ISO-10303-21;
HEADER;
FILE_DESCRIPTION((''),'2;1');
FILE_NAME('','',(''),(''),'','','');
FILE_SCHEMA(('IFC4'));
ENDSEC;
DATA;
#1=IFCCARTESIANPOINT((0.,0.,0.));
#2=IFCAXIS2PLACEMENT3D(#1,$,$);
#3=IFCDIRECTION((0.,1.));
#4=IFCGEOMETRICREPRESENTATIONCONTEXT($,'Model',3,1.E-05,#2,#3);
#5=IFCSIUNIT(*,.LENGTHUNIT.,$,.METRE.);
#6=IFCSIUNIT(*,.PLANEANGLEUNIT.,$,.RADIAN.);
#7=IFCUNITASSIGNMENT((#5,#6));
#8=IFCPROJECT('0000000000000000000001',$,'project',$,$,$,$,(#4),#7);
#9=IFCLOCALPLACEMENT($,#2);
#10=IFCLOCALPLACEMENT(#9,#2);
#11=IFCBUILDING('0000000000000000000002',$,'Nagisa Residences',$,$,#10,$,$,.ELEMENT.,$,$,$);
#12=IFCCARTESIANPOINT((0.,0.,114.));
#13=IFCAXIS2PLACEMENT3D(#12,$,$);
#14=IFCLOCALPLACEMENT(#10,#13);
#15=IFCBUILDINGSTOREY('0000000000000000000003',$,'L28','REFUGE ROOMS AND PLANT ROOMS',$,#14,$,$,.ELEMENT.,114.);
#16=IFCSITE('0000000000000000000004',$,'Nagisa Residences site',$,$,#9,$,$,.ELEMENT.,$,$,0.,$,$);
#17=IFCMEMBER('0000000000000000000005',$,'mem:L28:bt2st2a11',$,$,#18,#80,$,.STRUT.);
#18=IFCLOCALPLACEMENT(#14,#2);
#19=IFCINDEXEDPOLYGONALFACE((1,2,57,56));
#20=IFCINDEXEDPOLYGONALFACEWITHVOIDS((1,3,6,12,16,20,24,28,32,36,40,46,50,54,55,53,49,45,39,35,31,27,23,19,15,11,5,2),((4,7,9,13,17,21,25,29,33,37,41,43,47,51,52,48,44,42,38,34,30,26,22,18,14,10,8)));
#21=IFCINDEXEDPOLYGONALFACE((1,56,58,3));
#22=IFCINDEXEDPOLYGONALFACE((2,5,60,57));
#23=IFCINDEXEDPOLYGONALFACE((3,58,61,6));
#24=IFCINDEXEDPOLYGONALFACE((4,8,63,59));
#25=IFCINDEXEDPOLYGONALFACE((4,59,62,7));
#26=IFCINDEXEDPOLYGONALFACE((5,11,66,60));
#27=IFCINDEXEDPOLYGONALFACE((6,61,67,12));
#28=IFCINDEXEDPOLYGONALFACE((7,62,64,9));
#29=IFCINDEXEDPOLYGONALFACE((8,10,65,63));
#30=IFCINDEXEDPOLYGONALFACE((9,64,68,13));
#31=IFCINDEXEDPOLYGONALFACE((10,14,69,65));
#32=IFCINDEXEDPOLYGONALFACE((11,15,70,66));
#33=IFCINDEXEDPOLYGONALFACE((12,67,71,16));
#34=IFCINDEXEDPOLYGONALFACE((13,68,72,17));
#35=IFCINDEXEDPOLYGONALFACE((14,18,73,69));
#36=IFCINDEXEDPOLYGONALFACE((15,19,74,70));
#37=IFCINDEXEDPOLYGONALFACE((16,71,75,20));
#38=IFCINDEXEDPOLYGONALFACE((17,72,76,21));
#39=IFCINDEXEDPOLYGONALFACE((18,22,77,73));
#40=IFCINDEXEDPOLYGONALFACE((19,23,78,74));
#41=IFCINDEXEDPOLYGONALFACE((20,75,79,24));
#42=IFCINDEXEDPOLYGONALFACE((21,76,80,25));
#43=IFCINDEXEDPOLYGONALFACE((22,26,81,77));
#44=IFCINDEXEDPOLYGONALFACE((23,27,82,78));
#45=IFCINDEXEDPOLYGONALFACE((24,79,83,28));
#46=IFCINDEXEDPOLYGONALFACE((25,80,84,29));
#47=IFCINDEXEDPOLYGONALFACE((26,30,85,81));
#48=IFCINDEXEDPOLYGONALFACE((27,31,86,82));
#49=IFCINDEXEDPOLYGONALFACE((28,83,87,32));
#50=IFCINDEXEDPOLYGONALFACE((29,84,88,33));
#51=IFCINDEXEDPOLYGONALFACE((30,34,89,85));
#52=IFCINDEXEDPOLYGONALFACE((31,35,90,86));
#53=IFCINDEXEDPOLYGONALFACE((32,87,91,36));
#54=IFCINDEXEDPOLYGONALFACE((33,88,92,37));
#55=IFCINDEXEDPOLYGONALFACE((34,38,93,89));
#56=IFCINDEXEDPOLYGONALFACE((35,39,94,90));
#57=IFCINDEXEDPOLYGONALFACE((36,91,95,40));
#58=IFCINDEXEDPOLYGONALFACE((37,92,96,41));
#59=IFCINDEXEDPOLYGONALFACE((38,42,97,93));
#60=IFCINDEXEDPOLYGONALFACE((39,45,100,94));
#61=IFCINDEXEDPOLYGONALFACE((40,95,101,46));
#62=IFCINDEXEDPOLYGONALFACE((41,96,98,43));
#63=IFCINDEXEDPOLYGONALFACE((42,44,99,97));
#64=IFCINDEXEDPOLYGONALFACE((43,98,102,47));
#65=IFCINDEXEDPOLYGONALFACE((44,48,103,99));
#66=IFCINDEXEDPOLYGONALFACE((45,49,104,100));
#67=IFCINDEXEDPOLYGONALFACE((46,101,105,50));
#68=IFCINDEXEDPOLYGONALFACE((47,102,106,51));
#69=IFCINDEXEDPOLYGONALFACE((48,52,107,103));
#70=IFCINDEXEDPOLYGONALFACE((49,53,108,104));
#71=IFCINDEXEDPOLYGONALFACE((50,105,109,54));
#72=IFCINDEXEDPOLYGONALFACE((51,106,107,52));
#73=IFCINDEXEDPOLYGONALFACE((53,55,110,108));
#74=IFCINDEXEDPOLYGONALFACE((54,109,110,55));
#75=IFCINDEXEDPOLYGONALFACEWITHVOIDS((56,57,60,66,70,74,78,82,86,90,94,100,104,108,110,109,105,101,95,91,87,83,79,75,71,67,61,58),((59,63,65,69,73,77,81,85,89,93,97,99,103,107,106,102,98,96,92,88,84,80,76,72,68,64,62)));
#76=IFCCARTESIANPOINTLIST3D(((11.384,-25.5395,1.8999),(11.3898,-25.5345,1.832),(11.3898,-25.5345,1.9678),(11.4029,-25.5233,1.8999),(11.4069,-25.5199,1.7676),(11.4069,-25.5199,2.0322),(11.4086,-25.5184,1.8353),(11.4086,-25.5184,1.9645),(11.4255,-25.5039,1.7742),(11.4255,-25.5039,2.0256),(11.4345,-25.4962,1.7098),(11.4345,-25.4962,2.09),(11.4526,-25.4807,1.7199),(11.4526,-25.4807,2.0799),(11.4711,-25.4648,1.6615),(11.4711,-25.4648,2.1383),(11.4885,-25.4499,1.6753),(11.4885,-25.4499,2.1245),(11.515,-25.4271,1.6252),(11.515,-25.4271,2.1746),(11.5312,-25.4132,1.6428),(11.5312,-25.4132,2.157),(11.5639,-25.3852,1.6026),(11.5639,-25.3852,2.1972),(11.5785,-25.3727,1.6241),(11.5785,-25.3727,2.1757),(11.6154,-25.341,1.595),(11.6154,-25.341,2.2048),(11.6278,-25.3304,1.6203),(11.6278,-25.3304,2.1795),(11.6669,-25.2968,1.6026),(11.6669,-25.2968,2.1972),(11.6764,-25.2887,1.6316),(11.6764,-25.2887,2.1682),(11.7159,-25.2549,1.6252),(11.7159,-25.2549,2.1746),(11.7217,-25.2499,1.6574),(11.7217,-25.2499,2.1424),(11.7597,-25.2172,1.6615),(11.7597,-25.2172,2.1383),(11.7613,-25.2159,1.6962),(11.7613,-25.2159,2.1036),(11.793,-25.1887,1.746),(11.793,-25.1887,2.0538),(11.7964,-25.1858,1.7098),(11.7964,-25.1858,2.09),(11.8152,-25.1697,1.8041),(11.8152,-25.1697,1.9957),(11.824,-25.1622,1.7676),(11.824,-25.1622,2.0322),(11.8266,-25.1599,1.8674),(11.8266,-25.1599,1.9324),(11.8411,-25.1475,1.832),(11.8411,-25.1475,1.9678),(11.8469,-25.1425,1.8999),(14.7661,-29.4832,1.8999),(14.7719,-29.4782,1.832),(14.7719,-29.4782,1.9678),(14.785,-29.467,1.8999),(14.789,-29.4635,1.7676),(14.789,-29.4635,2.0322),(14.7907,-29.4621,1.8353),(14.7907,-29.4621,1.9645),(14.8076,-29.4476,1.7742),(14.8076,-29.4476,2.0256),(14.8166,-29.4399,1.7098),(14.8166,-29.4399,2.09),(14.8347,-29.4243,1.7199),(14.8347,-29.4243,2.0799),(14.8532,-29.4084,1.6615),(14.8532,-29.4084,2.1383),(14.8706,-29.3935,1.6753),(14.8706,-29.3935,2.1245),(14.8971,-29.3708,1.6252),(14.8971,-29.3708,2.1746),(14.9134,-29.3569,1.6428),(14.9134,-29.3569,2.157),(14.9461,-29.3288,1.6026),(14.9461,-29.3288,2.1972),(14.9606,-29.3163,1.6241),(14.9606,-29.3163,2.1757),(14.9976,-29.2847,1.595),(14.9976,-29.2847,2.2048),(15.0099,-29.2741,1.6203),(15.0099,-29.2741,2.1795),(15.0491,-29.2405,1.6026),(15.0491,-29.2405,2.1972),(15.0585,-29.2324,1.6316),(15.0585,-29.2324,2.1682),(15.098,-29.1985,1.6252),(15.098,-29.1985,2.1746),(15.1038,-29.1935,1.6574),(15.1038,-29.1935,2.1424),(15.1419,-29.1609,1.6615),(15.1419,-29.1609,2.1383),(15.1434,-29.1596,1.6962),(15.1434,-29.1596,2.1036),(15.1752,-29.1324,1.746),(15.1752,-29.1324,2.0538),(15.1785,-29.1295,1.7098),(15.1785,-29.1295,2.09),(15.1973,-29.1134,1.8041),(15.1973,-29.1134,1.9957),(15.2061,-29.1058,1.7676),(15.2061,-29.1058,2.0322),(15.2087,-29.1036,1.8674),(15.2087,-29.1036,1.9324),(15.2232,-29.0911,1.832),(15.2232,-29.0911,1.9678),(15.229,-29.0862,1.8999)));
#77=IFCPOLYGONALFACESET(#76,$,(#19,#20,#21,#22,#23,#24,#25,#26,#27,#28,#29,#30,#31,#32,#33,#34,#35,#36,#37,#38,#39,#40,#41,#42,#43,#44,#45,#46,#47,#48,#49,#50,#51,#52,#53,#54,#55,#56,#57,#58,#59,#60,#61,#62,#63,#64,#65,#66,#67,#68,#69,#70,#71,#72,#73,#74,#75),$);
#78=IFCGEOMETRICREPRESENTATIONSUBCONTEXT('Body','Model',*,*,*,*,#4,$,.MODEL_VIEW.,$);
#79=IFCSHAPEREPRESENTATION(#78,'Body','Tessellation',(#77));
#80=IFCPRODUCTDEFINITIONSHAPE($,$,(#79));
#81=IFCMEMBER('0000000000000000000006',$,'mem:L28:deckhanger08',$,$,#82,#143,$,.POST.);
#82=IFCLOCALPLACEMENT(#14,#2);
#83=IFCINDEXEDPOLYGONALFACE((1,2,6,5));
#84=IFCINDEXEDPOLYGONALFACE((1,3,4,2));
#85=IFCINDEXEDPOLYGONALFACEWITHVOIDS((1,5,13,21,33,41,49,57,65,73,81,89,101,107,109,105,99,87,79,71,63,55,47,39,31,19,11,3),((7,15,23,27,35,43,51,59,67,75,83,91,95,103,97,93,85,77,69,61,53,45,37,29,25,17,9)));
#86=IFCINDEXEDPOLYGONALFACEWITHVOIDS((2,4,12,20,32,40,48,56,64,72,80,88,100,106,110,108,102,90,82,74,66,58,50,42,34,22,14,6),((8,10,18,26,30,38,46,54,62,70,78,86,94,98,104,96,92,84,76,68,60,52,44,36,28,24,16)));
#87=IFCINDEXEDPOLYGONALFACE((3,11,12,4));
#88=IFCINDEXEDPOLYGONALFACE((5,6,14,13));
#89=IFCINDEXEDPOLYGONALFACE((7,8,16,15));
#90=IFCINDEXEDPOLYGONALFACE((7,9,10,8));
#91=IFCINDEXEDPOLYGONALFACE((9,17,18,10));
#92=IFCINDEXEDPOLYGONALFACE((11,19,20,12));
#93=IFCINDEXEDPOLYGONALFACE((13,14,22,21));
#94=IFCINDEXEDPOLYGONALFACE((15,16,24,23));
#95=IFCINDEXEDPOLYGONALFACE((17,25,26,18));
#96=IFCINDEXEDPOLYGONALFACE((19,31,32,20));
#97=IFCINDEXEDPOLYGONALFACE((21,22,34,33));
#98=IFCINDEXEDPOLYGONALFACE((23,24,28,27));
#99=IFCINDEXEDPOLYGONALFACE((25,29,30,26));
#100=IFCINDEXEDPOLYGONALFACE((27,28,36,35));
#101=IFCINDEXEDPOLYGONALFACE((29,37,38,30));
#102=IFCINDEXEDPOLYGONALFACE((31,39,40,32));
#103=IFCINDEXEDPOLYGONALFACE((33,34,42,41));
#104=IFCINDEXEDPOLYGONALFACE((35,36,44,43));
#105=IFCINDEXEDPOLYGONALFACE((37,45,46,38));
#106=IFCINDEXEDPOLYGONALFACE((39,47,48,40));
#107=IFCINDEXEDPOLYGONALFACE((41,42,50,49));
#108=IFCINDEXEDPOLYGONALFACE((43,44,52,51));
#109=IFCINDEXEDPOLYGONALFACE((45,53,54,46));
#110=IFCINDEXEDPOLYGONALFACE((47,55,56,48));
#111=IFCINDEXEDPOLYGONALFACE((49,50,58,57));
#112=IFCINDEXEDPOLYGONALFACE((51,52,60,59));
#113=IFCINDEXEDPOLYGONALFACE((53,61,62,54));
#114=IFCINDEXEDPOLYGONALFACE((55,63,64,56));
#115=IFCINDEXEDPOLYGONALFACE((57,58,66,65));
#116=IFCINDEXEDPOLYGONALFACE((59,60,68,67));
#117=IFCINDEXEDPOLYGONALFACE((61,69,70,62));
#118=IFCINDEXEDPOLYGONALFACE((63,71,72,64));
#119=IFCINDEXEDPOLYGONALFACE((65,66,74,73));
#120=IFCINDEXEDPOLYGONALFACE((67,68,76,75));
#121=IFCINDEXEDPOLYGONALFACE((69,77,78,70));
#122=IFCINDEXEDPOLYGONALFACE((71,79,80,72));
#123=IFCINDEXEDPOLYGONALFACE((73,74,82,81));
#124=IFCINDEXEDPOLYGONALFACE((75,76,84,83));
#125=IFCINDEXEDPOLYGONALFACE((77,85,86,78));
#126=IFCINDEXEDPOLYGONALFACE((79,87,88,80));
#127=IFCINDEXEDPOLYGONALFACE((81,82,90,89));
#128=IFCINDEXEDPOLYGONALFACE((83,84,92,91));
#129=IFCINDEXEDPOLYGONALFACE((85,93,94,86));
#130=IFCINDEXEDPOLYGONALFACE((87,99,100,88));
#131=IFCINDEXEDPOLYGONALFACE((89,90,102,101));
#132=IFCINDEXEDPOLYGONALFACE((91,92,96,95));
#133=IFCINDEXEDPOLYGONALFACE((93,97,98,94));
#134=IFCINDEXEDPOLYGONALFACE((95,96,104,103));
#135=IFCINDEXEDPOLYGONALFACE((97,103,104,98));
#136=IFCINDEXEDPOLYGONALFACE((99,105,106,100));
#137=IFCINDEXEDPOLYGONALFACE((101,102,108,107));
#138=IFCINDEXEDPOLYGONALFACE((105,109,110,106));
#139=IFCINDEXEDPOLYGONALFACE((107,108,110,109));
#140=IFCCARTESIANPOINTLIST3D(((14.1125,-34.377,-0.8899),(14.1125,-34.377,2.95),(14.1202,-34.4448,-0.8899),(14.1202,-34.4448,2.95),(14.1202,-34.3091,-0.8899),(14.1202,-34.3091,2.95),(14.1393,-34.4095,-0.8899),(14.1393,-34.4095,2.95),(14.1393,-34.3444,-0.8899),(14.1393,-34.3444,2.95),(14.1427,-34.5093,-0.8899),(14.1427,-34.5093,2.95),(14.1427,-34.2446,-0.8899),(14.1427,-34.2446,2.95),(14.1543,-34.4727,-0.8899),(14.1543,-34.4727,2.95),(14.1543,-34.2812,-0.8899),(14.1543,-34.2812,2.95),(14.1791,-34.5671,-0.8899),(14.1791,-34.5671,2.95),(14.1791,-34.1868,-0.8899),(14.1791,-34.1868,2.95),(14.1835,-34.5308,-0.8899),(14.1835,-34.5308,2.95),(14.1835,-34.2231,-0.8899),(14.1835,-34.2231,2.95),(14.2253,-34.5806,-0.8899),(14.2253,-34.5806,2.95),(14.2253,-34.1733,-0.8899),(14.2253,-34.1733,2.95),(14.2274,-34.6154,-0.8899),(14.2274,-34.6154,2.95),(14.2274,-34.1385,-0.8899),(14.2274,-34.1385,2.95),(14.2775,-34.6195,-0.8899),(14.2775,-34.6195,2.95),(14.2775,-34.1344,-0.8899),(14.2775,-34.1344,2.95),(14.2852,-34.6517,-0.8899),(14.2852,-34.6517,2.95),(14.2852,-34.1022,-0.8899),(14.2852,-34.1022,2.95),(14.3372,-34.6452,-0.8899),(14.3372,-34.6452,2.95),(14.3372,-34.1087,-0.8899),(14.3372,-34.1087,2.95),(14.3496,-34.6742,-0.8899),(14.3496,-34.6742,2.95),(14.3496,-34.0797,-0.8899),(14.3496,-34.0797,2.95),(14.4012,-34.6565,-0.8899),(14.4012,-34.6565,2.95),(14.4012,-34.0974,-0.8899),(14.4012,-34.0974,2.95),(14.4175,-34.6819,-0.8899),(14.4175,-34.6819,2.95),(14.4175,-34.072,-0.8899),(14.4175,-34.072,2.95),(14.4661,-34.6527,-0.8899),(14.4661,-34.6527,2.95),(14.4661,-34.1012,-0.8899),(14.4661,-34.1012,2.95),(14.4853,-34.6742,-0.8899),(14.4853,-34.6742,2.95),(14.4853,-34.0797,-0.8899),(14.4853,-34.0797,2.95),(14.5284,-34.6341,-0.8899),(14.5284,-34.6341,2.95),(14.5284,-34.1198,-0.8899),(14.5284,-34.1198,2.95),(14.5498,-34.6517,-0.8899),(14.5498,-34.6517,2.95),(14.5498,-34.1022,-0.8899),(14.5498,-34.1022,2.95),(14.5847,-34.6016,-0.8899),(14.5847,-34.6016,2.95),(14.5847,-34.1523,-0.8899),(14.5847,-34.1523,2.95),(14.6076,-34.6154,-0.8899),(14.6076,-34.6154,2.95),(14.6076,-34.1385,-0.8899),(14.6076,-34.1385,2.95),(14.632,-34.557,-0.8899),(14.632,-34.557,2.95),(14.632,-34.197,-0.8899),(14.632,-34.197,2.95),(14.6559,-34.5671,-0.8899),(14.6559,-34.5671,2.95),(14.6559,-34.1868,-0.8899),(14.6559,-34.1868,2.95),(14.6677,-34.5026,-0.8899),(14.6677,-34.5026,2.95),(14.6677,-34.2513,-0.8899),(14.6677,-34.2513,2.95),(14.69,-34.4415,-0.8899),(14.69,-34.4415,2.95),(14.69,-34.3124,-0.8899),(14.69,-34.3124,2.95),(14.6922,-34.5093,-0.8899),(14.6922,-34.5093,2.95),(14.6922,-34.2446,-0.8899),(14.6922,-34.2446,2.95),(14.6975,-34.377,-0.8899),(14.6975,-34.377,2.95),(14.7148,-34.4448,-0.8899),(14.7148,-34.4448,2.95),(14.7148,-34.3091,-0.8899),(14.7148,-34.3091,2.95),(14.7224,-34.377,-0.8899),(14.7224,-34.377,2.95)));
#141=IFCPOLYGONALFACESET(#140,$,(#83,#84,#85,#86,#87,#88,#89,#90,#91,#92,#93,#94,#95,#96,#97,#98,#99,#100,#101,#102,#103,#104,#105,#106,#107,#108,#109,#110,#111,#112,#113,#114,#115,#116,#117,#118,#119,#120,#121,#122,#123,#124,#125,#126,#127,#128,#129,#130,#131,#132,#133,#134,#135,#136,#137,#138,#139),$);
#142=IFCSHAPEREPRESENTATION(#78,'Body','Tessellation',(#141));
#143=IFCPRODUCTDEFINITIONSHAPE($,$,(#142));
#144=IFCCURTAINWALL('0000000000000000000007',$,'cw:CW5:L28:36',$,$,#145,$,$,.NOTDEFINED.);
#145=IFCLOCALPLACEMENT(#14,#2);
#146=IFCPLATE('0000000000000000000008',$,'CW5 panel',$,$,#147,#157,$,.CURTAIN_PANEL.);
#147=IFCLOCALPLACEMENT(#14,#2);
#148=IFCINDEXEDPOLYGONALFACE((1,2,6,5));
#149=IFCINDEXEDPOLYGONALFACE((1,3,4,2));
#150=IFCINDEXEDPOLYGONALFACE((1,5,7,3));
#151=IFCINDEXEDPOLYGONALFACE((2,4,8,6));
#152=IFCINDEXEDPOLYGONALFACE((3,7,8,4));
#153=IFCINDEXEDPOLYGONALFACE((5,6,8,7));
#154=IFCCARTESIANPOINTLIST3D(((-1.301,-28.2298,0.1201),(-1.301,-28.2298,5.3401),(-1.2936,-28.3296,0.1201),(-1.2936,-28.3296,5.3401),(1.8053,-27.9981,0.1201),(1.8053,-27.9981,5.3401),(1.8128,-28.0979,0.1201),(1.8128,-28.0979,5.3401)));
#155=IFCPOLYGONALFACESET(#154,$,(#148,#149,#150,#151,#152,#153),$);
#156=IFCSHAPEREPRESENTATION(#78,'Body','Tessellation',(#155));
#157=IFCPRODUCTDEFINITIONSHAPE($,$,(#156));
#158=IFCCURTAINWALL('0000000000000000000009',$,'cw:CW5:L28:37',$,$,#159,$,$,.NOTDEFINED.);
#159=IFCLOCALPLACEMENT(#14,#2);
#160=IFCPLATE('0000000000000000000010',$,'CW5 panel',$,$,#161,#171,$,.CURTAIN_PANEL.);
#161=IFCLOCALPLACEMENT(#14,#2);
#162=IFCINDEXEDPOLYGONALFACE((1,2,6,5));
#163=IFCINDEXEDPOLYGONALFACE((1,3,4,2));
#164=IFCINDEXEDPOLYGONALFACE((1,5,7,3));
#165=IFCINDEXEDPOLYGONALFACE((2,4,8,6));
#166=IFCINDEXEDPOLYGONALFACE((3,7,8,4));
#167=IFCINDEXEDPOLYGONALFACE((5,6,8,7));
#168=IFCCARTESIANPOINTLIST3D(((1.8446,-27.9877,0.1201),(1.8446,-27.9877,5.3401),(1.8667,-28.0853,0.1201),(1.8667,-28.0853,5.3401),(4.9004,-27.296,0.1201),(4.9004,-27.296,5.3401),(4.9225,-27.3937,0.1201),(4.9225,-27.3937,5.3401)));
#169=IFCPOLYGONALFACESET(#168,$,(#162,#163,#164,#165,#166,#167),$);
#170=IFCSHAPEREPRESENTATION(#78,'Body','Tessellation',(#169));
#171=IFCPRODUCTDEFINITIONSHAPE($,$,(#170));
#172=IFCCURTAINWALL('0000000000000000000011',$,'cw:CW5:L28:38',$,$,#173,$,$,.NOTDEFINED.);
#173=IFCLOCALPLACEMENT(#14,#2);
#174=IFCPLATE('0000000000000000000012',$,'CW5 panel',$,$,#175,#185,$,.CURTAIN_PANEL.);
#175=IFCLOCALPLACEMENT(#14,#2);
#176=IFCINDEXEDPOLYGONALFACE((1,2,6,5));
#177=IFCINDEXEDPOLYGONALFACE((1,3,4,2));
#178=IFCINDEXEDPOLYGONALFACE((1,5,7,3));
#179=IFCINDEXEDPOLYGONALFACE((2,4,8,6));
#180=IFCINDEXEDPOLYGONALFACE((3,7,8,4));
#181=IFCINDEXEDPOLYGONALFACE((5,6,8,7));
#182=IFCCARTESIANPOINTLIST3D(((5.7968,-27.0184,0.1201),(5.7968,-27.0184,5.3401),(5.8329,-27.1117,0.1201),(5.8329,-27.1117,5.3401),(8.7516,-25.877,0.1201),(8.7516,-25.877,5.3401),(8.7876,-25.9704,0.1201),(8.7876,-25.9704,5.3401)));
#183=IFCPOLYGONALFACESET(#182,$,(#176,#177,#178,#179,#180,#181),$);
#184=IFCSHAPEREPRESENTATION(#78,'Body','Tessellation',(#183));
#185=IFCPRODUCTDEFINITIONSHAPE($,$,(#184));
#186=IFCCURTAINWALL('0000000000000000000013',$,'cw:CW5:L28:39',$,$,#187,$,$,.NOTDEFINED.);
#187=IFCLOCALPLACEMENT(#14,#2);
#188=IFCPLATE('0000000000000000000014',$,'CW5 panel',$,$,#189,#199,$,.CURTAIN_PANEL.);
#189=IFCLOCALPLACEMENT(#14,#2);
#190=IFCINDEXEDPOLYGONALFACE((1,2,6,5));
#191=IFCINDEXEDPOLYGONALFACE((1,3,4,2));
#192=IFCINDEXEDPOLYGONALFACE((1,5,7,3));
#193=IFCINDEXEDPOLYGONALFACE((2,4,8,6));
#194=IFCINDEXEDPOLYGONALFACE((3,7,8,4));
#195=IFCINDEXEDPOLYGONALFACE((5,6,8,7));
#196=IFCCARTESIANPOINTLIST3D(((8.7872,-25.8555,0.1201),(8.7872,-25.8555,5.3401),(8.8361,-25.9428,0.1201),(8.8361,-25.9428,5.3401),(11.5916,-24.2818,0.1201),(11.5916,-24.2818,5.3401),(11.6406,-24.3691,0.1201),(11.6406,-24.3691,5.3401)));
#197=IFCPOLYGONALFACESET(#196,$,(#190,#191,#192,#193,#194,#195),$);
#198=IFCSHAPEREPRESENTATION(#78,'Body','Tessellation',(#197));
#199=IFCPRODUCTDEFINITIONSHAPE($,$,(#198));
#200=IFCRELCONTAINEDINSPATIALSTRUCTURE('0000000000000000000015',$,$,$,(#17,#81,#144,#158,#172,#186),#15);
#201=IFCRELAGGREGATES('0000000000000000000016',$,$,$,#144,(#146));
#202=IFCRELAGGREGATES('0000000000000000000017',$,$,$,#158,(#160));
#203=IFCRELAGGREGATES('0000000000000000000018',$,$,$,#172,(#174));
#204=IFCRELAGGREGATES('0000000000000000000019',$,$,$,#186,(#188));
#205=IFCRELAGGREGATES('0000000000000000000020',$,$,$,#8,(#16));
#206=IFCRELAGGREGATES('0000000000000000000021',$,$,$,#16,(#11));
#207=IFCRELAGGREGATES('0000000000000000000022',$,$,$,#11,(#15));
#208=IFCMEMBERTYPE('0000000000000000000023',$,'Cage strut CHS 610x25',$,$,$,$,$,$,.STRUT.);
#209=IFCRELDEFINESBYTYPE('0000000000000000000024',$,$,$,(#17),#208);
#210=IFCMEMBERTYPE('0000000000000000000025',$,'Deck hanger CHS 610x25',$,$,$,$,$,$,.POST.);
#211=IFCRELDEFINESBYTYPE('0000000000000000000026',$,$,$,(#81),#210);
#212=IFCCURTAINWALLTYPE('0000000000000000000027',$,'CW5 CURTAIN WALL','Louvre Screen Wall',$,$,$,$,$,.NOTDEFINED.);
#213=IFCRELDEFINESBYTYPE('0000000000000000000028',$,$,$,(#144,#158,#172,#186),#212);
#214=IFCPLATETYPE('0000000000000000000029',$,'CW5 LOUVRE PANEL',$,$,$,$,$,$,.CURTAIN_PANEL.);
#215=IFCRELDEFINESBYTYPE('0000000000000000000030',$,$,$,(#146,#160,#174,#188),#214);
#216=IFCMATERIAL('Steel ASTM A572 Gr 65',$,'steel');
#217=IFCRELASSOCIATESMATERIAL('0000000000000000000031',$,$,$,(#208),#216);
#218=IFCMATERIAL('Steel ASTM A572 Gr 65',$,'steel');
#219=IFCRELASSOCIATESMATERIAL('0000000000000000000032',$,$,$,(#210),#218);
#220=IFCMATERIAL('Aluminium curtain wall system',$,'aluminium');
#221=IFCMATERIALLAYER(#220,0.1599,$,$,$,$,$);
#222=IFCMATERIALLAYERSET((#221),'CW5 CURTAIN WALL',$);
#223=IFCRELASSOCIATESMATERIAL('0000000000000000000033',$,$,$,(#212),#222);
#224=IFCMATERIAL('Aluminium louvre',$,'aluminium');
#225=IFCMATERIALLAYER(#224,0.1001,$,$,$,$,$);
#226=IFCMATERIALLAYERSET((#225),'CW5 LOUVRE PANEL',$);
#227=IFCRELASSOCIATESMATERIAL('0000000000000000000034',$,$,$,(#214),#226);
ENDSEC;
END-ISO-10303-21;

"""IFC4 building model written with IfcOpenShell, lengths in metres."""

from ifc_helpers import new_model, si_unit, direction, frame, origin, origin_2d, place, context, subcontext, project, spatial, rectangle, hollow_circle, extrude, material, layer, layer_set, material_profile, profile_set, type_object, element, aggregate, save


model = new_model("IFC4")

# Units and contexts
model_context = context("Model", 3, precision=1e-05, world=origin(), true_north=direction((0.0, 1.0)))
body_context = subcontext(model_context, "Body", "Model", "MODEL_VIEW")
ifc_project = project(units=[si_unit("LENGTHUNIT", "METRE"), si_unit("PLANEANGLEUNIT", "RADIAN")], contexts=[model_context])

# Site, building, storey
site_placement = place(None, origin())
site = spatial("IfcSite", under=ifc_project, at=site_placement, Name="Nagisa Residences site", CompositionType="ELEMENT", RefElevation=0.0)
building_placement = place(site_placement, origin())
building = spatial("IfcBuilding", under=site, at=building_placement, Name="Nagisa Residences", CompositionType="ELEMENT")
storey_placement = place(building_placement, frame((0.0, 0.0, 114.0)))
storey = spatial("IfcBuildingStorey", under=building, at=storey_placement, Name="L28", Description="REFUGE ROOMS AND PLANT ROOMS", CompositionType="ELEMENT", Elevation=114.0)

# Members
ifc_material_1 = material(Name="Steel ASTM A572 Gr 65", Category="steel")
ifc_material_profile_1 = material_profile(ifc_material_1, hollow_circle(Radius=0.3049, WallThickness=0.0249, at=origin_2d()), Name="CHS 610x25")
ifc_profile_set_1 = profile_set([ifc_material_profile_1], Name="Steel ASTM A572 Gr 65")
member_type_1 = type_object("IfcMemberType", Name="Cage strut CHS 610x25", PredefinedType="STRUT", material=ifc_profile_set_1)
member_1_placement = place(storey_placement, frame((14.9976, -29.2847, 1.8999), z_axis=(-0.650996, 0.759081, 0.0), x_axis=(-0.759081, -0.650996, 0.0)))
element("IfcMember", 1, at=member_1_placement, inside=storey, type_object=member_type_1, Name="mem:L28:bt2st2a11", PredefinedType="STRUT", context=body_context, shape_type="SweptSolid", body=[
    extrude(hollow_circle(Radius=0.3049, WallThickness=0.0249, at=origin_2d()), origin(), (0.0, 0.0, 1.0), 5.1953),
])
ifc_material_2 = material(Name="Steel ASTM A572 Gr 65", Category="steel")
ifc_material_profile_2 = material_profile(ifc_material_2, hollow_circle(Radius=0.3049, WallThickness=0.0249, at=origin_2d()), Name="CHS 610x25")
ifc_profile_set_2 = profile_set([ifc_material_profile_2], Name="Steel ASTM A572 Gr 65")
member_type_2 = type_object("IfcMemberType", Name="Deck hanger CHS 610x25", PredefinedType="POST", material=ifc_profile_set_2)
member_2_placement = place(storey_placement, frame((14.4175, -34.377, 2.95), z_axis=(0.0, 0.0, -1.0), x_axis=(1.0, 0.0, 0.0)))
element("IfcMember", 2, at=member_2_placement, inside=storey, type_object=member_type_2, Name="mem:L28:deckhanger08", PredefinedType="POST", context=body_context, shape_type="SweptSolid", body=[
    extrude(hollow_circle(Radius=0.3049, WallThickness=0.0249, at=origin_2d()), origin(), (0.0, 0.0, 1.0), 3.8398),
])

# Curtain walls, plates
ifc_material_3 = material(Name="Aluminium curtain wall system", Category="aluminium")
ifc_layer_1 = layer(ifc_material_3, 0.1599)
ifc_layer_set_1 = layer_set([ifc_layer_1], Name="CW5 CURTAIN WALL")
curtain_wall_type = type_object("IfcCurtainWallType", Name="CW5 CURTAIN WALL", Description="Louvre Screen Wall", PredefinedType="NOTDEFINED", material=ifc_layer_set_1)
curtain_wall_1_placement = place(storey_placement, origin())
curtain_wall_1 = element("IfcCurtainWall", 3, at=curtain_wall_1_placement, inside=storey, type_object=curtain_wall_type, Name="cw:CW5:L28:36", PredefinedType="NOTDEFINED")
ifc_material_4 = material(Name="Aluminium louvre", Category="aluminium")
ifc_layer_2 = layer(ifc_material_4, 0.1001)
ifc_layer_set_2 = layer_set([ifc_layer_2], Name="CW5 LOUVRE PANEL")
plate_type = type_object("IfcPlateType", Name="CW5 LOUVRE PANEL", PredefinedType="CURTAIN_PANEL", material=ifc_layer_set_2)
plate_1_placement = place(storey_placement, frame((0.2559, -28.1638, 0.1201), z_axis=(0.0, 0.0, 1.0), x_axis=(0.99723, 0.074377, 0.0)))
plate_1 = element("IfcPlate", 4, at=plate_1_placement, type_object=plate_type, Name="CW5 panel", PredefinedType="CURTAIN_PANEL", context=body_context, shape_type="SweptSolid", body=[
    extrude(rectangle(XDim=3.115, YDim=0.1001, at=origin_2d()), origin(), (0.0, 0.0, 1.0), 5.22),
])
aggregate(curtain_wall_1, [plate_1])
curtain_wall_2_placement = place(storey_placement, origin())
curtain_wall_2 = element("IfcCurtainWall", 5, at=curtain_wall_2_placement, inside=storey, type_object=curtain_wall_type, Name="cw:CW5:L28:37", PredefinedType="NOTDEFINED")
plate_2_placement = place(storey_placement, frame((3.3835, -27.6907, 0.1201), z_axis=(0.0, 0.0, 1.0), x_axis=(0.975327, 0.220764, 0.0)))
plate_2 = element("IfcPlate", 6, at=plate_2_placement, type_object=plate_type, Name="CW5 panel", PredefinedType="CURTAIN_PANEL", context=body_context, shape_type="SweptSolid", body=[
    extrude(rectangle(XDim=3.1331, YDim=0.1001, at=origin_2d()), origin(), (0.0, 0.0, 1.0), 5.22),
])
aggregate(curtain_wall_2, [plate_2])
curtain_wall_3_placement = place(storey_placement, origin())
curtain_wall_3 = element("IfcCurtainWall", 7, at=curtain_wall_3_placement, inside=storey, type_object=curtain_wall_type, Name="cw:CW5:L28:38", PredefinedType="NOTDEFINED")
plate_3_placement = place(storey_placement, frame((7.2922, -26.4944, 0.1201), z_axis=(0.0, 0.0, 1.0), x_axis=(0.932826, 0.360328, 0.0)))
plate_3 = element("IfcPlate", 8, at=plate_3_placement, type_object=plate_type, Name="CW5 panel", PredefinedType="CURTAIN_PANEL", context=body_context, shape_type="SweptSolid", body=[
    extrude(rectangle(XDim=3.1675, YDim=0.1001, at=origin_2d()), origin(), (0.0, 0.0, 1.0), 5.22),
])
aggregate(curtain_wall_3, [plate_3])
curtain_wall_4_placement = place(storey_placement, origin())
curtain_wall_4 = element("IfcCurtainWall", 9, at=curtain_wall_4_placement, inside=storey, type_object=curtain_wall_type, Name="cw:CW5:L28:39", PredefinedType="NOTDEFINED")
plate_4_placement = place(storey_placement, frame((10.2139, -25.1123, 0.1201), z_axis=(0.0, 0.0, 1.0), x_axis=(0.872072, 0.489377, 0.0)))
plate_4 = element("IfcPlate", 10, at=plate_4_placement, type_object=plate_type, Name="CW5 panel", PredefinedType="CURTAIN_PANEL", context=body_context, shape_type="SweptSolid", body=[
    extrude(rectangle(XDim=3.2158, YDim=0.1001, at=origin_2d()), origin(), (0.0, 0.0, 1.0), 5.22),
])
aggregate(curtain_wall_4, [plate_4])

save(model, "model.ifc")
